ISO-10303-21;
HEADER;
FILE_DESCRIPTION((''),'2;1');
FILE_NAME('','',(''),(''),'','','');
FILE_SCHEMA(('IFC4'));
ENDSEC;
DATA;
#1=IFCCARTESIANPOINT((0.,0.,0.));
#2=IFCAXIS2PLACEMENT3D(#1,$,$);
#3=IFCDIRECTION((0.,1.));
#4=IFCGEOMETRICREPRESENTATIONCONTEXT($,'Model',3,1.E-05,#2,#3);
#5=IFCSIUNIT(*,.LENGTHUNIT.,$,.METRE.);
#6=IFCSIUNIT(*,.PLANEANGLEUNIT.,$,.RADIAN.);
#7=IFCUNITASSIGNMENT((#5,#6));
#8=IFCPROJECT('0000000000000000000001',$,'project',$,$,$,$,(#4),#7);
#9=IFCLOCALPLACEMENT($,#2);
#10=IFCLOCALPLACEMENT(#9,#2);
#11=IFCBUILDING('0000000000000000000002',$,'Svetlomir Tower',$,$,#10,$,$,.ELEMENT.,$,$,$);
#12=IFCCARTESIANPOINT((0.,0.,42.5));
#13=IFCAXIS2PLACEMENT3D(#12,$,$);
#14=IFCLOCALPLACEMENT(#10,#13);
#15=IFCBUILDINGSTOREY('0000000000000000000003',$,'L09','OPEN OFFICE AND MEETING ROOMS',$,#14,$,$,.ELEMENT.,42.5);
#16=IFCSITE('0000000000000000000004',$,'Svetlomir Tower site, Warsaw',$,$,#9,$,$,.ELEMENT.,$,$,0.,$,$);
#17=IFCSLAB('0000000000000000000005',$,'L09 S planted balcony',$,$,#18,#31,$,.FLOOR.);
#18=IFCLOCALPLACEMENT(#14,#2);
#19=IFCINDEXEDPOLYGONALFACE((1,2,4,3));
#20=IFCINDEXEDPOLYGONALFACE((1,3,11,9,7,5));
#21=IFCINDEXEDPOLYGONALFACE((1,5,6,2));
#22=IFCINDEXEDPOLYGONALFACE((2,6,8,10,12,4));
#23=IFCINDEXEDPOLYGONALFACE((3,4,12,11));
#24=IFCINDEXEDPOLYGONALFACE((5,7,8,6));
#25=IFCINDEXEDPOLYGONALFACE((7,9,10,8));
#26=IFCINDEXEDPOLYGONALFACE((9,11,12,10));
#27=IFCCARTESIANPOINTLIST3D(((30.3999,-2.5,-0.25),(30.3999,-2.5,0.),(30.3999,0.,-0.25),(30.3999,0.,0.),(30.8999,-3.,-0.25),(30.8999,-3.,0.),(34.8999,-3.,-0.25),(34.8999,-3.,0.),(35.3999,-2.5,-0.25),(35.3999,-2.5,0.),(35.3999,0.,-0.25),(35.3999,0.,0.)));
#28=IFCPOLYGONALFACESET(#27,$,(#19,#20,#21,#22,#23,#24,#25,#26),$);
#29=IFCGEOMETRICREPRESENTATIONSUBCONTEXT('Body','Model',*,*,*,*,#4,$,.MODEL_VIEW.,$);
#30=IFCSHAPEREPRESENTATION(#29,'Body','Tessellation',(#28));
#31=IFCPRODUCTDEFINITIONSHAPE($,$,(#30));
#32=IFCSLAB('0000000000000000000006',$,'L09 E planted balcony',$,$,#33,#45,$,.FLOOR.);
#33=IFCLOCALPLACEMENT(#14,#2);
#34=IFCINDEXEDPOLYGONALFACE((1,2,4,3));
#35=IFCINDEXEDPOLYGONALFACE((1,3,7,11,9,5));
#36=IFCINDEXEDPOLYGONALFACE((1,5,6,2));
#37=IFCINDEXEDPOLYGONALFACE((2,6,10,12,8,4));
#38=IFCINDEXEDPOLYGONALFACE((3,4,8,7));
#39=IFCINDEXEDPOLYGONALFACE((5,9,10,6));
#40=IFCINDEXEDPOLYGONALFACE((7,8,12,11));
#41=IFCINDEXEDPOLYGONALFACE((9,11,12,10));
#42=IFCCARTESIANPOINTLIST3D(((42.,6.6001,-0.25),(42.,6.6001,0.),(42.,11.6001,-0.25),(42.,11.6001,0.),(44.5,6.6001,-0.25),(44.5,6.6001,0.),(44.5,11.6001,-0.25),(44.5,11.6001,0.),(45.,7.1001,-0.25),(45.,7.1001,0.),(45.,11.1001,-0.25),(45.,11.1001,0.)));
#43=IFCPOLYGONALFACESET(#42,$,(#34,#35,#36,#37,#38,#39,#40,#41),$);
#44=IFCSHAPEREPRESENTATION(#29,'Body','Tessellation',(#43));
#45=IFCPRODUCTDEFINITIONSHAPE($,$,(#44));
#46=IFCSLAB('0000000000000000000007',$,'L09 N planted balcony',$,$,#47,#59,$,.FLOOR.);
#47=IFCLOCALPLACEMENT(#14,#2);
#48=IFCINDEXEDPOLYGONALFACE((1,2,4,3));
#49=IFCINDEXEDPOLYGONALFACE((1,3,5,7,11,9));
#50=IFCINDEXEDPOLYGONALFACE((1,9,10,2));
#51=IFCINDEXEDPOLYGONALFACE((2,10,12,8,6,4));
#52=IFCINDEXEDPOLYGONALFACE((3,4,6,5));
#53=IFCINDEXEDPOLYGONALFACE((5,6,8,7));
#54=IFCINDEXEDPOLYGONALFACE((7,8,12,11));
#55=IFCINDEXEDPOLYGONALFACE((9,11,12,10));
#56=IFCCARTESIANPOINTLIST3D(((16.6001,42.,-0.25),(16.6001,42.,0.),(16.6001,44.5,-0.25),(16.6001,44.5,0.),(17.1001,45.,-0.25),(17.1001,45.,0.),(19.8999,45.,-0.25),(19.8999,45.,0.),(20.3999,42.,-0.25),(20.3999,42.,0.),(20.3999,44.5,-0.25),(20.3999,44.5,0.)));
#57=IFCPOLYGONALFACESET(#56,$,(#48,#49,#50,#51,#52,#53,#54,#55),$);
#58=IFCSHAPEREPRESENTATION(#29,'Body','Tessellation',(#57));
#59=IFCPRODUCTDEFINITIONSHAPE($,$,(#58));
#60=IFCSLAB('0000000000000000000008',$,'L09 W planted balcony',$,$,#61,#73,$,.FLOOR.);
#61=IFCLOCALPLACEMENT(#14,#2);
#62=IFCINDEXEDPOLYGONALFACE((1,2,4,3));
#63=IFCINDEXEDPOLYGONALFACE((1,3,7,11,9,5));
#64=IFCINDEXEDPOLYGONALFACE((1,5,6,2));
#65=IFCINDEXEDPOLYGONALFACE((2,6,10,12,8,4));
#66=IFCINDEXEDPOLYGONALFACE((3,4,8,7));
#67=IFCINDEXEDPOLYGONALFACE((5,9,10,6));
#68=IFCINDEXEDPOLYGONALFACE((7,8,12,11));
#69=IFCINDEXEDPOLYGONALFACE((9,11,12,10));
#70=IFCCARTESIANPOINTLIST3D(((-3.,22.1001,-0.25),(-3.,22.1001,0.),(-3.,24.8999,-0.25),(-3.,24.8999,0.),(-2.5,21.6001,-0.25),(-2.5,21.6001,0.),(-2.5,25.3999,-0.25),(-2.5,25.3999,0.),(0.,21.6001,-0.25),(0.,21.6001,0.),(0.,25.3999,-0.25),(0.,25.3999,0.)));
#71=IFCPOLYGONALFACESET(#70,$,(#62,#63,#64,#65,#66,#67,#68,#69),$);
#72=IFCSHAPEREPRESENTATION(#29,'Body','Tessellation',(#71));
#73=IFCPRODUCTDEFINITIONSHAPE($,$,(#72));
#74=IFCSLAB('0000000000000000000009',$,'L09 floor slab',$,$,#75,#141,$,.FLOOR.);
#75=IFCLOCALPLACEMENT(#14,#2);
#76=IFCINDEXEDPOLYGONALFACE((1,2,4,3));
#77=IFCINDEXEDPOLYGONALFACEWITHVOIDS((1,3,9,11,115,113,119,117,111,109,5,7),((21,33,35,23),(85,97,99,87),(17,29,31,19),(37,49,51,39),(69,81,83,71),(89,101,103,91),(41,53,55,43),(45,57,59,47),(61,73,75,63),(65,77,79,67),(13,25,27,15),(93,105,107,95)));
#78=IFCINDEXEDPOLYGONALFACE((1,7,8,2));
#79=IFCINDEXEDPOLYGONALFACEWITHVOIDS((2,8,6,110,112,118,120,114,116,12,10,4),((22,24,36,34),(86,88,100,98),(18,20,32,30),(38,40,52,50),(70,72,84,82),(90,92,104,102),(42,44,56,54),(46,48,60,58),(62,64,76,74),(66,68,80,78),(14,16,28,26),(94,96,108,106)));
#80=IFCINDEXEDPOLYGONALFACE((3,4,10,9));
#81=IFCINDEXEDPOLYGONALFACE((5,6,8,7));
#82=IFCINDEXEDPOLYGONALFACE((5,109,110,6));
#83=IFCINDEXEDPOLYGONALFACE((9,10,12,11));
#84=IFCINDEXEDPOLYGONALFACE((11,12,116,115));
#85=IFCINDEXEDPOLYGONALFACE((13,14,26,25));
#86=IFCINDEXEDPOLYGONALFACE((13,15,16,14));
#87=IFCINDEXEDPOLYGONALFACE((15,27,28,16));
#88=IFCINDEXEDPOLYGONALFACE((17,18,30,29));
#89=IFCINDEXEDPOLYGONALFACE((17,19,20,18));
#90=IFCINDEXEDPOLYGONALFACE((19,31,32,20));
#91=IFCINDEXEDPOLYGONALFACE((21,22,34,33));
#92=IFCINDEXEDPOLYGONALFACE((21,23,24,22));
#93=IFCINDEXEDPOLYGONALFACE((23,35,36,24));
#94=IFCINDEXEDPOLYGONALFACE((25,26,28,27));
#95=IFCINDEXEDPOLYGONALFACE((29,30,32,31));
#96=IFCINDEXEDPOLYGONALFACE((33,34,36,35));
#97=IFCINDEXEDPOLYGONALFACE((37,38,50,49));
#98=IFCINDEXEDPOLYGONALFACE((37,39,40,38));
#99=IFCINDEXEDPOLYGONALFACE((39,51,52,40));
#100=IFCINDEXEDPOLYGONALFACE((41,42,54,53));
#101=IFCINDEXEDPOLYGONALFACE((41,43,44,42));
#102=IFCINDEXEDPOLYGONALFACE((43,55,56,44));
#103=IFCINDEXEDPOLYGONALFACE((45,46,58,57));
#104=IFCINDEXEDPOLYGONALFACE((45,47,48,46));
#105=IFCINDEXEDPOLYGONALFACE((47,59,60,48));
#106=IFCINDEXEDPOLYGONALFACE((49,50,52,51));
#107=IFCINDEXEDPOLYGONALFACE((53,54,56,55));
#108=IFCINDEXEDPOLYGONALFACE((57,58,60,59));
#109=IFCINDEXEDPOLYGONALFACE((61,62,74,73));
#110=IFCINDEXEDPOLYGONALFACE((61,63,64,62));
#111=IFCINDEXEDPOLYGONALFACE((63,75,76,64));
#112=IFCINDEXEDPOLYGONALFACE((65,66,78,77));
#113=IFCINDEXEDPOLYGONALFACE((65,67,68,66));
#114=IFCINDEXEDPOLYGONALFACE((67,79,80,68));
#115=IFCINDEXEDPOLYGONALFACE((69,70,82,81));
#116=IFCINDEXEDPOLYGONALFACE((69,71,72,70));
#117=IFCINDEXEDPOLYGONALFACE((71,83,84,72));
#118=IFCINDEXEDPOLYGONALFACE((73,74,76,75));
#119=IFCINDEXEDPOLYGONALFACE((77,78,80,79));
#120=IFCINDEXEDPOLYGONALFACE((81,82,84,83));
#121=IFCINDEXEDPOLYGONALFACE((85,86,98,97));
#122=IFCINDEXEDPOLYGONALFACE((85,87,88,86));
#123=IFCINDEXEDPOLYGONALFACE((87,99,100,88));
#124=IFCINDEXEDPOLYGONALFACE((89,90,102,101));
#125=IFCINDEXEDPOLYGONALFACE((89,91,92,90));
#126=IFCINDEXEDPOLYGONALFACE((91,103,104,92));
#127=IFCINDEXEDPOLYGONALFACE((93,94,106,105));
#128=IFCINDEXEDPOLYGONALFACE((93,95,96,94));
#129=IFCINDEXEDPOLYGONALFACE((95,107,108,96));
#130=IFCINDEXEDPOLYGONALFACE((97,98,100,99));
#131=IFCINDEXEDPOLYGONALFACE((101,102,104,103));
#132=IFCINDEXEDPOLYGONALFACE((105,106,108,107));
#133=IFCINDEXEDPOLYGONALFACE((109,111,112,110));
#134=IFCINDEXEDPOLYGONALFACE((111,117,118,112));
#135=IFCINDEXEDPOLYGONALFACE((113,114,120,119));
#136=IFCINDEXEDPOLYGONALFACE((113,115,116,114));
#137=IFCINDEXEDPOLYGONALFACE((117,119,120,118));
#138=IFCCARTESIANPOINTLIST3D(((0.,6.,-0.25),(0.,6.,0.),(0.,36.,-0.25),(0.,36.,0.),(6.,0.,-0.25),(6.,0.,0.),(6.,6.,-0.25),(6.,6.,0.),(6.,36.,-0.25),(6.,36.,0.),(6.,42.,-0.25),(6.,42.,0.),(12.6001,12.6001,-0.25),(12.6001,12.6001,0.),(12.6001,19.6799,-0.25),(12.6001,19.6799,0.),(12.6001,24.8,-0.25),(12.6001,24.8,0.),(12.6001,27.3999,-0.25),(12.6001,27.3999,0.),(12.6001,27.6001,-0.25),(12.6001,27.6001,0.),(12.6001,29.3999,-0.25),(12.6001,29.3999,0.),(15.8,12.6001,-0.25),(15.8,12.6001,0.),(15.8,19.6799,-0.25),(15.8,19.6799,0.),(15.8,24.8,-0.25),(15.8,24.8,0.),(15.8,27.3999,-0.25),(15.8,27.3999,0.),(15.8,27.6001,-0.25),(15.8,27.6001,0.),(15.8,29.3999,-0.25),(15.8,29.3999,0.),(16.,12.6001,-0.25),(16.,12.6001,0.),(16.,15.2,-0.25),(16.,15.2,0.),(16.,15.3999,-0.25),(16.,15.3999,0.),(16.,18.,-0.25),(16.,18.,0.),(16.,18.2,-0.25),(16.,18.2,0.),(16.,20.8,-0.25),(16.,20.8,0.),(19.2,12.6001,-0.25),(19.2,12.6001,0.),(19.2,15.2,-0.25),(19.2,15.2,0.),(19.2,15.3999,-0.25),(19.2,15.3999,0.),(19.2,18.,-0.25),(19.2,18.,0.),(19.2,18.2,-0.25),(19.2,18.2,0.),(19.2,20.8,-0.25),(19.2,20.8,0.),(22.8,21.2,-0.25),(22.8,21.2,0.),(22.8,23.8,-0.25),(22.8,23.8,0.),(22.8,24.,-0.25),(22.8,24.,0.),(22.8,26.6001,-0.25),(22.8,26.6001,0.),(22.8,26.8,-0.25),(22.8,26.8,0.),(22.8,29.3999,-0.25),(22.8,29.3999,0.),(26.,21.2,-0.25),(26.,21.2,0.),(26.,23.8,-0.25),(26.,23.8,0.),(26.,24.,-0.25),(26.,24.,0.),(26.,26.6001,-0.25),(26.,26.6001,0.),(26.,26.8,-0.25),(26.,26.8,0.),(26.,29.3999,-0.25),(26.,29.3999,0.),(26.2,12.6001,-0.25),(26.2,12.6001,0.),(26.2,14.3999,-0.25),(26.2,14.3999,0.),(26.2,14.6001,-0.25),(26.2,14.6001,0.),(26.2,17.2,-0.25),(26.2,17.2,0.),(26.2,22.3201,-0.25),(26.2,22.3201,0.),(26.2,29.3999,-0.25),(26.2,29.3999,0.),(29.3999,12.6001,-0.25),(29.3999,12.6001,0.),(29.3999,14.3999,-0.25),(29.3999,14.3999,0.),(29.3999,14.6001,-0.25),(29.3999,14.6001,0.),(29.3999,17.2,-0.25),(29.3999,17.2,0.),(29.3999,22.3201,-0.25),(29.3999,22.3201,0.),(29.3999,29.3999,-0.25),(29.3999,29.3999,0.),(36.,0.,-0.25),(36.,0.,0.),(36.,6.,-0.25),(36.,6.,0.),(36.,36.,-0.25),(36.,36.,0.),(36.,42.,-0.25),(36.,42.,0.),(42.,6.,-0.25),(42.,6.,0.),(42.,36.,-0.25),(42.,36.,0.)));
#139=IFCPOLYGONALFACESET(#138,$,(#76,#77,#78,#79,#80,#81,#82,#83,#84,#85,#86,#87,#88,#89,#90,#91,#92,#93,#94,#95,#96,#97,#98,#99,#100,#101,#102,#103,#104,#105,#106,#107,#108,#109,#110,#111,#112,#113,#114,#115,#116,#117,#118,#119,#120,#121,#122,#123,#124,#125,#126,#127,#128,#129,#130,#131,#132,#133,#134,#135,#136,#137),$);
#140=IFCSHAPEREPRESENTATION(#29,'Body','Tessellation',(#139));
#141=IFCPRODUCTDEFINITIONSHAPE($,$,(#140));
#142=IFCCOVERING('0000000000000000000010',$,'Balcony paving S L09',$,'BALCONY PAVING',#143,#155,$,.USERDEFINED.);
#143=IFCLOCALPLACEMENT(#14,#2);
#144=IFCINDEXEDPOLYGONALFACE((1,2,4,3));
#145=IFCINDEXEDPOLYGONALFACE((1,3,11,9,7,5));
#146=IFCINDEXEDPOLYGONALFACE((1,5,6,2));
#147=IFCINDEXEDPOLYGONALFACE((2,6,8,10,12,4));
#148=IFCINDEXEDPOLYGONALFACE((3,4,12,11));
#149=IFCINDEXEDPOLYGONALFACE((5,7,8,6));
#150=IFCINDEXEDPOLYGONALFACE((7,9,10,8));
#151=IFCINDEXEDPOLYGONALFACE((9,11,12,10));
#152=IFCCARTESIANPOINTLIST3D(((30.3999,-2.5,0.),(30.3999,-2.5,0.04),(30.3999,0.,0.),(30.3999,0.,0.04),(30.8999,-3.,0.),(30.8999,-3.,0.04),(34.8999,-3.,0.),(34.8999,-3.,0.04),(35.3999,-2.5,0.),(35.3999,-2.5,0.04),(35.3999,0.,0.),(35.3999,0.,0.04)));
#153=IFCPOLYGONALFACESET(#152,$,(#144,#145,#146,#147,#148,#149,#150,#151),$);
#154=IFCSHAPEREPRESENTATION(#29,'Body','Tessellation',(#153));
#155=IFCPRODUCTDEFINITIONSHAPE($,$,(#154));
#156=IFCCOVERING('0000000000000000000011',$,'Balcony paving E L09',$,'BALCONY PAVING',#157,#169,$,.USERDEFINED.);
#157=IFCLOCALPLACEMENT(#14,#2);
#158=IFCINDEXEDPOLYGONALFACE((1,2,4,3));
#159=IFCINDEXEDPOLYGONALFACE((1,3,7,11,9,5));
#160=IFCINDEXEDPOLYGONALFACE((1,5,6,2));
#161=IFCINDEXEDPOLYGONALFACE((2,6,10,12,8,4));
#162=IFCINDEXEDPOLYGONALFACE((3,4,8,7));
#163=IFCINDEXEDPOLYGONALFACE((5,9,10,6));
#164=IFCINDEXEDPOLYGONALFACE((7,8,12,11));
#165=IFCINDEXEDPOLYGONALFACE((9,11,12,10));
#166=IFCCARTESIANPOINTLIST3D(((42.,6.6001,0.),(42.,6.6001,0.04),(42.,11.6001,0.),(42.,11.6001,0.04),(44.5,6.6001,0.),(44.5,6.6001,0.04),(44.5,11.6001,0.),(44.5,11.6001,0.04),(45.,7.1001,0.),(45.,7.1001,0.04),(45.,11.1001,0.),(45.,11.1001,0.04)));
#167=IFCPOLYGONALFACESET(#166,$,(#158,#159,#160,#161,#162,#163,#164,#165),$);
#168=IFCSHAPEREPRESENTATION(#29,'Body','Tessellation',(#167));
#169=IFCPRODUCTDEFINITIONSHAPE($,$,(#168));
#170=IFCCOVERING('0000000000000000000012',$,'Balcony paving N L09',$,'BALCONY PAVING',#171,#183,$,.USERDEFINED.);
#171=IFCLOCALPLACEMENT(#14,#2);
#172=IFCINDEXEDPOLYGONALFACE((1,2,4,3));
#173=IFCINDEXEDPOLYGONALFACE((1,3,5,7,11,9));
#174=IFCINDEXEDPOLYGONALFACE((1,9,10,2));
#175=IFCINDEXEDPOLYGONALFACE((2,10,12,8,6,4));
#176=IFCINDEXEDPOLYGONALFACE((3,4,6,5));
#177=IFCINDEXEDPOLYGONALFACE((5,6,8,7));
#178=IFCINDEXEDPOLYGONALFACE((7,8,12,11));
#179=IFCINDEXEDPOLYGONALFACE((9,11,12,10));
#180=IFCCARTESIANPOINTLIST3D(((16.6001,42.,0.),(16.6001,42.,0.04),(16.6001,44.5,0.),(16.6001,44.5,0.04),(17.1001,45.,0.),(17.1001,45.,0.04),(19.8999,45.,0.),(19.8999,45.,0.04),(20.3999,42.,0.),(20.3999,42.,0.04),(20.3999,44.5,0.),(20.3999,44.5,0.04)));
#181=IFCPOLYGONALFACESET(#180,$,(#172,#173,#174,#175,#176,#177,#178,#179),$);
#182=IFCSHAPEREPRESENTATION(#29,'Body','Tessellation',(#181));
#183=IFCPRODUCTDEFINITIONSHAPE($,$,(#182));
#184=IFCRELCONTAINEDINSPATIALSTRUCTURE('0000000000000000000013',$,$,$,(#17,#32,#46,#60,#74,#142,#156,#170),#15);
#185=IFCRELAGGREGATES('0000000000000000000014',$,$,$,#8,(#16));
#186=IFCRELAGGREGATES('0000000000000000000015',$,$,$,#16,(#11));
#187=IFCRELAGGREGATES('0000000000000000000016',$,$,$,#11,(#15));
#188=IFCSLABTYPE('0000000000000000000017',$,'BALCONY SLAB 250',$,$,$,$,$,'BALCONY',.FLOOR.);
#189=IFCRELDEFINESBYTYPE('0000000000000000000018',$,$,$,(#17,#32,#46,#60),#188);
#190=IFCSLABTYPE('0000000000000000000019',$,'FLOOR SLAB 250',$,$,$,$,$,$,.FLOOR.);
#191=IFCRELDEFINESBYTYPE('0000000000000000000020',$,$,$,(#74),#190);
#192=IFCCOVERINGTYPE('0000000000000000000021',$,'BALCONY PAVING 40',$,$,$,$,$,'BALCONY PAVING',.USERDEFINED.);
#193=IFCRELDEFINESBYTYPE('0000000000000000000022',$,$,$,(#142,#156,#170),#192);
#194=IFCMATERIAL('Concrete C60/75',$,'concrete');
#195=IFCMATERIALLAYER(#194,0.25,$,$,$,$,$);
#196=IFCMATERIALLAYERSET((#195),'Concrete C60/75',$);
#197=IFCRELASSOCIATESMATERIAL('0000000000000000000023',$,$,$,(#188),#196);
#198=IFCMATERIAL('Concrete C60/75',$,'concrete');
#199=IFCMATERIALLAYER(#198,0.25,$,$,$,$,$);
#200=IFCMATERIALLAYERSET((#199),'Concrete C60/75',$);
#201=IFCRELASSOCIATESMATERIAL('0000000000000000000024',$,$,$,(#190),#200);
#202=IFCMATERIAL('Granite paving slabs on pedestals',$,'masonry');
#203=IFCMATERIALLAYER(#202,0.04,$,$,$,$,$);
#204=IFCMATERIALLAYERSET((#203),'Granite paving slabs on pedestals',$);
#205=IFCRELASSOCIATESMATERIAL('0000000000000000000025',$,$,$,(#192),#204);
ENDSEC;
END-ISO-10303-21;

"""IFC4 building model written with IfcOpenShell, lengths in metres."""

from ifc_helpers import new_model, si_unit, direction, frame, origin, place, context, subcontext, project, spatial, polyline, outline, extrude, material, layer, layer_set, type_object, element, save


model = new_model("IFC4")

# Units and contexts
model_context = context("Model", 3, precision=1e-05, world=origin(), true_north=direction((0.0, 1.0)))
body_context = subcontext(model_context, "Body", "Model", "MODEL_VIEW")
ifc_project = project(units=[si_unit("LENGTHUNIT", "METRE"), si_unit("PLANEANGLEUNIT", "RADIAN")], contexts=[model_context])

# Site, building, storey
site_placement = place(None, origin())
site = spatial("IfcSite", under=ifc_project, at=site_placement, Name="Svetlomir Tower site, Warsaw", CompositionType="ELEMENT", RefElevation=0.0)
building_placement = place(site_placement, origin())
building = spatial("IfcBuilding", under=site, at=building_placement, Name="Svetlomir Tower", CompositionType="ELEMENT")
storey_placement = place(building_placement, frame((0.0, 0.0, 42.5)))
storey = spatial("IfcBuildingStorey", under=building, at=storey_placement, Name="L09", Description="OPEN OFFICE AND MEETING ROOMS", CompositionType="ELEMENT", Elevation=42.5)

# Slabs
ifc_material_1 = material(Name="Concrete C60/75", Category="concrete")
ifc_layer_1 = layer(ifc_material_1, 0.25)
ifc_layer_set_1 = layer_set([ifc_layer_1], Name="Concrete C60/75")
slab_type_1 = type_object("IfcSlabType", Name="BALCONY SLAB 250", ElementType="BALCONY", PredefinedType="FLOOR", material=ifc_layer_set_1)
slab_1_placement = place(storey_placement, frame((0.0, 0.0, -0.25)))
element("IfcSlab", 1, at=slab_1_placement, inside=storey, type_object=slab_type_1, Name="L09 S planted balcony", PredefinedType="FLOOR", context=body_context, shape_type="SweptSolid", body=[
    extrude(outline(polyline([(30.3999, -2.5), (30.8999, -3.0), (34.8999, -3.0), (35.3999, -2.5), (35.3999, 0.0), (30.3999, 0.0), (30.3999, -2.5)])), origin(), (0.0, 0.0, 1.0), 0.25),
])
slab_2_placement = place(storey_placement, frame((0.0, 0.0, -0.25)))
element("IfcSlab", 2, at=slab_2_placement, inside=storey, type_object=slab_type_1, Name="L09 E planted balcony", PredefinedType="FLOOR", context=body_context, shape_type="SweptSolid", body=[
    extrude(outline(polyline([(42.0, 6.6001), (44.5, 6.6001), (45.0, 7.1001), (45.0, 11.1001), (44.5, 11.6001), (42.0, 11.6001), (42.0, 6.6001)])), origin(), (0.0, 0.0, 1.0), 0.25),
])
slab_3_placement = place(storey_placement, frame((0.0, 0.0, -0.25)))
element("IfcSlab", 3, at=slab_3_placement, inside=storey, type_object=slab_type_1, Name="L09 N planted balcony", PredefinedType="FLOOR", context=body_context, shape_type="SweptSolid", body=[
    extrude(outline(polyline([(16.6001, 42.0), (20.3999, 42.0), (20.3999, 44.5), (19.8999, 45.0), (17.1001, 45.0), (16.6001, 44.5), (16.6001, 42.0)])), origin(), (0.0, 0.0, 1.0), 0.25),
])
slab_4_placement = place(storey_placement, frame((0.0, 0.0, -0.25)))
element("IfcSlab", 4, at=slab_4_placement, inside=storey, type_object=slab_type_1, Name="L09 W planted balcony", PredefinedType="FLOOR", context=body_context, shape_type="SweptSolid", body=[
    extrude(outline(polyline([(-2.5, 21.6001), (0.0, 21.6001), (0.0, 25.3999), (-2.5, 25.3999), (-3.0, 24.8999), (-3.0, 22.1001), (-2.5, 21.6001)])), origin(), (0.0, 0.0, 1.0), 0.25),
])
ifc_material_2 = material(Name="Concrete C60/75", Category="concrete")
ifc_layer_2 = layer(ifc_material_2, 0.25)
ifc_layer_set_2 = layer_set([ifc_layer_2], Name="Concrete C60/75")
slab_type_2 = type_object("IfcSlabType", Name="FLOOR SLAB 250", PredefinedType="FLOOR", material=ifc_layer_set_2)
slab_5_placement = place(storey_placement, frame((0.0, 0.0, -0.25)))
element("IfcSlab", 5, at=slab_5_placement, inside=storey, type_object=slab_type_2, Name="L09 floor slab", PredefinedType="FLOOR", context=body_context, shape_type="SweptSolid", body=[
    extrude(outline(polyline([(6.0, 0.0), (36.0, 0.0), (36.0, 6.0), (42.0, 6.0), (42.0, 36.0), (36.0, 36.0), (36.0, 42.0), (6.0, 42.0), (6.0, 36.0), (0.0, 36.0), (0.0, 6.0), (6.0, 6.0), (6.0, 0.0)]), holes=[polyline([(12.6001, 24.8), (15.8, 24.8), (15.8, 27.3999), (12.6001, 27.3999), (12.6001, 24.8)]), polyline([(26.2, 14.6001), (29.3999, 14.6001), (29.3999, 17.2), (26.2, 17.2), (26.2, 14.6001)]), polyline([(16.0, 12.6001), (19.2, 12.6001), (19.2, 15.2), (16.0, 15.2), (16.0, 12.6001)]), polyline([(16.0, 15.3999), (19.2, 15.3999), (19.2, 18.0), (16.0, 18.0), (16.0, 15.3999)]), polyline([(16.0, 18.2), (19.2, 18.2), (19.2, 20.8), (16.0, 20.8), (16.0, 18.2)]), polyline([(22.8, 21.2), (26.0, 21.2), (26.0, 23.8), (22.8, 23.8), (22.8, 21.2)]), polyline([(22.8, 24.0), (26.0, 24.0), (26.0, 26.6001), (22.8, 26.6001), (22.8, 24.0)]), polyline([(22.8, 26.8), (26.0, 26.8), (26.0, 29.3999), (22.8, 29.3999), (22.8, 26.8)]), polyline([(12.6001, 27.6001), (15.8, 27.6001), (15.8, 29.3999), (12.6001, 29.3999), (12.6001, 27.6001)]), polyline([(26.2, 12.6001), (29.3999, 12.6001), (29.3999, 14.3999), (26.2, 14.3999), (26.2, 12.6001)]), polyline([(12.6001, 12.6001), (15.8, 12.6001), (15.8, 19.6799), (12.6001, 19.6799), (12.6001, 12.6001)]), polyline([(26.2, 22.3201), (29.3999, 22.3201), (29.3999, 29.3999), (26.2, 29.3999), (26.2, 22.3201)])]), origin(), (0.0, 0.0, 1.0), 0.25),
])

# Coverings
ifc_material_3 = material(Name="Granite paving slabs on pedestals", Category="masonry")
ifc_layer_3 = layer(ifc_material_3, 0.04)
ifc_layer_set_3 = layer_set([ifc_layer_3], Name="Granite paving slabs on pedestals")
covering_type_1 = type_object("IfcCoveringType", Name="BALCONY PAVING 40", ElementType="BALCONY PAVING", PredefinedType="USERDEFINED", material=ifc_layer_set_3)
covering_1_placement = place(storey_placement, origin())
element("IfcCovering", 6, at=covering_1_placement, inside=storey, type_object=covering_type_1, Name="Balcony paving S L09", ObjectType="BALCONY PAVING", PredefinedType="USERDEFINED", context=body_context, shape_type="SweptSolid", body=[
    extrude(outline(polyline([(30.3999, -2.5), (30.8999, -3.0), (34.8999, -3.0), (35.3999, -2.5), (35.3999, 0.0), (30.3999, 0.0), (30.3999, -2.5)])), origin(), (0.0, 0.0, 1.0), 0.04),
])
covering_2_placement = place(storey_placement, origin())
element("IfcCovering", 7, at=covering_2_placement, inside=storey, type_object=covering_type_1, Name="Balcony paving E L09", ObjectType="BALCONY PAVING", PredefinedType="USERDEFINED", context=body_context, shape_type="SweptSolid", body=[
    extrude(outline(polyline([(42.0, 6.6001), (44.5, 6.6001), (45.0, 7.1001), (45.0, 11.1001), (44.5, 11.6001), (42.0, 11.6001), (42.0, 6.6001)])), origin(), (0.0, 0.0, 1.0), 0.04),
])
covering_3_placement = place(storey_placement, origin())
element("IfcCovering", 8, at=covering_3_placement, inside=storey, type_object=covering_type_1, Name="Balcony paving N L09", ObjectType="BALCONY PAVING", PredefinedType="USERDEFINED", context=body_context, shape_type="SweptSolid", body=[
    extrude(outline(polyline([(16.6001, 42.0), (20.3999, 42.0), (20.3999, 44.5), (19.8999, 45.0), (17.1001, 45.0), (16.6001, 44.5), (16.6001, 42.0)])), origin(), (0.0, 0.0, 1.0), 0.04),
])

save(model, "model.ifc")
